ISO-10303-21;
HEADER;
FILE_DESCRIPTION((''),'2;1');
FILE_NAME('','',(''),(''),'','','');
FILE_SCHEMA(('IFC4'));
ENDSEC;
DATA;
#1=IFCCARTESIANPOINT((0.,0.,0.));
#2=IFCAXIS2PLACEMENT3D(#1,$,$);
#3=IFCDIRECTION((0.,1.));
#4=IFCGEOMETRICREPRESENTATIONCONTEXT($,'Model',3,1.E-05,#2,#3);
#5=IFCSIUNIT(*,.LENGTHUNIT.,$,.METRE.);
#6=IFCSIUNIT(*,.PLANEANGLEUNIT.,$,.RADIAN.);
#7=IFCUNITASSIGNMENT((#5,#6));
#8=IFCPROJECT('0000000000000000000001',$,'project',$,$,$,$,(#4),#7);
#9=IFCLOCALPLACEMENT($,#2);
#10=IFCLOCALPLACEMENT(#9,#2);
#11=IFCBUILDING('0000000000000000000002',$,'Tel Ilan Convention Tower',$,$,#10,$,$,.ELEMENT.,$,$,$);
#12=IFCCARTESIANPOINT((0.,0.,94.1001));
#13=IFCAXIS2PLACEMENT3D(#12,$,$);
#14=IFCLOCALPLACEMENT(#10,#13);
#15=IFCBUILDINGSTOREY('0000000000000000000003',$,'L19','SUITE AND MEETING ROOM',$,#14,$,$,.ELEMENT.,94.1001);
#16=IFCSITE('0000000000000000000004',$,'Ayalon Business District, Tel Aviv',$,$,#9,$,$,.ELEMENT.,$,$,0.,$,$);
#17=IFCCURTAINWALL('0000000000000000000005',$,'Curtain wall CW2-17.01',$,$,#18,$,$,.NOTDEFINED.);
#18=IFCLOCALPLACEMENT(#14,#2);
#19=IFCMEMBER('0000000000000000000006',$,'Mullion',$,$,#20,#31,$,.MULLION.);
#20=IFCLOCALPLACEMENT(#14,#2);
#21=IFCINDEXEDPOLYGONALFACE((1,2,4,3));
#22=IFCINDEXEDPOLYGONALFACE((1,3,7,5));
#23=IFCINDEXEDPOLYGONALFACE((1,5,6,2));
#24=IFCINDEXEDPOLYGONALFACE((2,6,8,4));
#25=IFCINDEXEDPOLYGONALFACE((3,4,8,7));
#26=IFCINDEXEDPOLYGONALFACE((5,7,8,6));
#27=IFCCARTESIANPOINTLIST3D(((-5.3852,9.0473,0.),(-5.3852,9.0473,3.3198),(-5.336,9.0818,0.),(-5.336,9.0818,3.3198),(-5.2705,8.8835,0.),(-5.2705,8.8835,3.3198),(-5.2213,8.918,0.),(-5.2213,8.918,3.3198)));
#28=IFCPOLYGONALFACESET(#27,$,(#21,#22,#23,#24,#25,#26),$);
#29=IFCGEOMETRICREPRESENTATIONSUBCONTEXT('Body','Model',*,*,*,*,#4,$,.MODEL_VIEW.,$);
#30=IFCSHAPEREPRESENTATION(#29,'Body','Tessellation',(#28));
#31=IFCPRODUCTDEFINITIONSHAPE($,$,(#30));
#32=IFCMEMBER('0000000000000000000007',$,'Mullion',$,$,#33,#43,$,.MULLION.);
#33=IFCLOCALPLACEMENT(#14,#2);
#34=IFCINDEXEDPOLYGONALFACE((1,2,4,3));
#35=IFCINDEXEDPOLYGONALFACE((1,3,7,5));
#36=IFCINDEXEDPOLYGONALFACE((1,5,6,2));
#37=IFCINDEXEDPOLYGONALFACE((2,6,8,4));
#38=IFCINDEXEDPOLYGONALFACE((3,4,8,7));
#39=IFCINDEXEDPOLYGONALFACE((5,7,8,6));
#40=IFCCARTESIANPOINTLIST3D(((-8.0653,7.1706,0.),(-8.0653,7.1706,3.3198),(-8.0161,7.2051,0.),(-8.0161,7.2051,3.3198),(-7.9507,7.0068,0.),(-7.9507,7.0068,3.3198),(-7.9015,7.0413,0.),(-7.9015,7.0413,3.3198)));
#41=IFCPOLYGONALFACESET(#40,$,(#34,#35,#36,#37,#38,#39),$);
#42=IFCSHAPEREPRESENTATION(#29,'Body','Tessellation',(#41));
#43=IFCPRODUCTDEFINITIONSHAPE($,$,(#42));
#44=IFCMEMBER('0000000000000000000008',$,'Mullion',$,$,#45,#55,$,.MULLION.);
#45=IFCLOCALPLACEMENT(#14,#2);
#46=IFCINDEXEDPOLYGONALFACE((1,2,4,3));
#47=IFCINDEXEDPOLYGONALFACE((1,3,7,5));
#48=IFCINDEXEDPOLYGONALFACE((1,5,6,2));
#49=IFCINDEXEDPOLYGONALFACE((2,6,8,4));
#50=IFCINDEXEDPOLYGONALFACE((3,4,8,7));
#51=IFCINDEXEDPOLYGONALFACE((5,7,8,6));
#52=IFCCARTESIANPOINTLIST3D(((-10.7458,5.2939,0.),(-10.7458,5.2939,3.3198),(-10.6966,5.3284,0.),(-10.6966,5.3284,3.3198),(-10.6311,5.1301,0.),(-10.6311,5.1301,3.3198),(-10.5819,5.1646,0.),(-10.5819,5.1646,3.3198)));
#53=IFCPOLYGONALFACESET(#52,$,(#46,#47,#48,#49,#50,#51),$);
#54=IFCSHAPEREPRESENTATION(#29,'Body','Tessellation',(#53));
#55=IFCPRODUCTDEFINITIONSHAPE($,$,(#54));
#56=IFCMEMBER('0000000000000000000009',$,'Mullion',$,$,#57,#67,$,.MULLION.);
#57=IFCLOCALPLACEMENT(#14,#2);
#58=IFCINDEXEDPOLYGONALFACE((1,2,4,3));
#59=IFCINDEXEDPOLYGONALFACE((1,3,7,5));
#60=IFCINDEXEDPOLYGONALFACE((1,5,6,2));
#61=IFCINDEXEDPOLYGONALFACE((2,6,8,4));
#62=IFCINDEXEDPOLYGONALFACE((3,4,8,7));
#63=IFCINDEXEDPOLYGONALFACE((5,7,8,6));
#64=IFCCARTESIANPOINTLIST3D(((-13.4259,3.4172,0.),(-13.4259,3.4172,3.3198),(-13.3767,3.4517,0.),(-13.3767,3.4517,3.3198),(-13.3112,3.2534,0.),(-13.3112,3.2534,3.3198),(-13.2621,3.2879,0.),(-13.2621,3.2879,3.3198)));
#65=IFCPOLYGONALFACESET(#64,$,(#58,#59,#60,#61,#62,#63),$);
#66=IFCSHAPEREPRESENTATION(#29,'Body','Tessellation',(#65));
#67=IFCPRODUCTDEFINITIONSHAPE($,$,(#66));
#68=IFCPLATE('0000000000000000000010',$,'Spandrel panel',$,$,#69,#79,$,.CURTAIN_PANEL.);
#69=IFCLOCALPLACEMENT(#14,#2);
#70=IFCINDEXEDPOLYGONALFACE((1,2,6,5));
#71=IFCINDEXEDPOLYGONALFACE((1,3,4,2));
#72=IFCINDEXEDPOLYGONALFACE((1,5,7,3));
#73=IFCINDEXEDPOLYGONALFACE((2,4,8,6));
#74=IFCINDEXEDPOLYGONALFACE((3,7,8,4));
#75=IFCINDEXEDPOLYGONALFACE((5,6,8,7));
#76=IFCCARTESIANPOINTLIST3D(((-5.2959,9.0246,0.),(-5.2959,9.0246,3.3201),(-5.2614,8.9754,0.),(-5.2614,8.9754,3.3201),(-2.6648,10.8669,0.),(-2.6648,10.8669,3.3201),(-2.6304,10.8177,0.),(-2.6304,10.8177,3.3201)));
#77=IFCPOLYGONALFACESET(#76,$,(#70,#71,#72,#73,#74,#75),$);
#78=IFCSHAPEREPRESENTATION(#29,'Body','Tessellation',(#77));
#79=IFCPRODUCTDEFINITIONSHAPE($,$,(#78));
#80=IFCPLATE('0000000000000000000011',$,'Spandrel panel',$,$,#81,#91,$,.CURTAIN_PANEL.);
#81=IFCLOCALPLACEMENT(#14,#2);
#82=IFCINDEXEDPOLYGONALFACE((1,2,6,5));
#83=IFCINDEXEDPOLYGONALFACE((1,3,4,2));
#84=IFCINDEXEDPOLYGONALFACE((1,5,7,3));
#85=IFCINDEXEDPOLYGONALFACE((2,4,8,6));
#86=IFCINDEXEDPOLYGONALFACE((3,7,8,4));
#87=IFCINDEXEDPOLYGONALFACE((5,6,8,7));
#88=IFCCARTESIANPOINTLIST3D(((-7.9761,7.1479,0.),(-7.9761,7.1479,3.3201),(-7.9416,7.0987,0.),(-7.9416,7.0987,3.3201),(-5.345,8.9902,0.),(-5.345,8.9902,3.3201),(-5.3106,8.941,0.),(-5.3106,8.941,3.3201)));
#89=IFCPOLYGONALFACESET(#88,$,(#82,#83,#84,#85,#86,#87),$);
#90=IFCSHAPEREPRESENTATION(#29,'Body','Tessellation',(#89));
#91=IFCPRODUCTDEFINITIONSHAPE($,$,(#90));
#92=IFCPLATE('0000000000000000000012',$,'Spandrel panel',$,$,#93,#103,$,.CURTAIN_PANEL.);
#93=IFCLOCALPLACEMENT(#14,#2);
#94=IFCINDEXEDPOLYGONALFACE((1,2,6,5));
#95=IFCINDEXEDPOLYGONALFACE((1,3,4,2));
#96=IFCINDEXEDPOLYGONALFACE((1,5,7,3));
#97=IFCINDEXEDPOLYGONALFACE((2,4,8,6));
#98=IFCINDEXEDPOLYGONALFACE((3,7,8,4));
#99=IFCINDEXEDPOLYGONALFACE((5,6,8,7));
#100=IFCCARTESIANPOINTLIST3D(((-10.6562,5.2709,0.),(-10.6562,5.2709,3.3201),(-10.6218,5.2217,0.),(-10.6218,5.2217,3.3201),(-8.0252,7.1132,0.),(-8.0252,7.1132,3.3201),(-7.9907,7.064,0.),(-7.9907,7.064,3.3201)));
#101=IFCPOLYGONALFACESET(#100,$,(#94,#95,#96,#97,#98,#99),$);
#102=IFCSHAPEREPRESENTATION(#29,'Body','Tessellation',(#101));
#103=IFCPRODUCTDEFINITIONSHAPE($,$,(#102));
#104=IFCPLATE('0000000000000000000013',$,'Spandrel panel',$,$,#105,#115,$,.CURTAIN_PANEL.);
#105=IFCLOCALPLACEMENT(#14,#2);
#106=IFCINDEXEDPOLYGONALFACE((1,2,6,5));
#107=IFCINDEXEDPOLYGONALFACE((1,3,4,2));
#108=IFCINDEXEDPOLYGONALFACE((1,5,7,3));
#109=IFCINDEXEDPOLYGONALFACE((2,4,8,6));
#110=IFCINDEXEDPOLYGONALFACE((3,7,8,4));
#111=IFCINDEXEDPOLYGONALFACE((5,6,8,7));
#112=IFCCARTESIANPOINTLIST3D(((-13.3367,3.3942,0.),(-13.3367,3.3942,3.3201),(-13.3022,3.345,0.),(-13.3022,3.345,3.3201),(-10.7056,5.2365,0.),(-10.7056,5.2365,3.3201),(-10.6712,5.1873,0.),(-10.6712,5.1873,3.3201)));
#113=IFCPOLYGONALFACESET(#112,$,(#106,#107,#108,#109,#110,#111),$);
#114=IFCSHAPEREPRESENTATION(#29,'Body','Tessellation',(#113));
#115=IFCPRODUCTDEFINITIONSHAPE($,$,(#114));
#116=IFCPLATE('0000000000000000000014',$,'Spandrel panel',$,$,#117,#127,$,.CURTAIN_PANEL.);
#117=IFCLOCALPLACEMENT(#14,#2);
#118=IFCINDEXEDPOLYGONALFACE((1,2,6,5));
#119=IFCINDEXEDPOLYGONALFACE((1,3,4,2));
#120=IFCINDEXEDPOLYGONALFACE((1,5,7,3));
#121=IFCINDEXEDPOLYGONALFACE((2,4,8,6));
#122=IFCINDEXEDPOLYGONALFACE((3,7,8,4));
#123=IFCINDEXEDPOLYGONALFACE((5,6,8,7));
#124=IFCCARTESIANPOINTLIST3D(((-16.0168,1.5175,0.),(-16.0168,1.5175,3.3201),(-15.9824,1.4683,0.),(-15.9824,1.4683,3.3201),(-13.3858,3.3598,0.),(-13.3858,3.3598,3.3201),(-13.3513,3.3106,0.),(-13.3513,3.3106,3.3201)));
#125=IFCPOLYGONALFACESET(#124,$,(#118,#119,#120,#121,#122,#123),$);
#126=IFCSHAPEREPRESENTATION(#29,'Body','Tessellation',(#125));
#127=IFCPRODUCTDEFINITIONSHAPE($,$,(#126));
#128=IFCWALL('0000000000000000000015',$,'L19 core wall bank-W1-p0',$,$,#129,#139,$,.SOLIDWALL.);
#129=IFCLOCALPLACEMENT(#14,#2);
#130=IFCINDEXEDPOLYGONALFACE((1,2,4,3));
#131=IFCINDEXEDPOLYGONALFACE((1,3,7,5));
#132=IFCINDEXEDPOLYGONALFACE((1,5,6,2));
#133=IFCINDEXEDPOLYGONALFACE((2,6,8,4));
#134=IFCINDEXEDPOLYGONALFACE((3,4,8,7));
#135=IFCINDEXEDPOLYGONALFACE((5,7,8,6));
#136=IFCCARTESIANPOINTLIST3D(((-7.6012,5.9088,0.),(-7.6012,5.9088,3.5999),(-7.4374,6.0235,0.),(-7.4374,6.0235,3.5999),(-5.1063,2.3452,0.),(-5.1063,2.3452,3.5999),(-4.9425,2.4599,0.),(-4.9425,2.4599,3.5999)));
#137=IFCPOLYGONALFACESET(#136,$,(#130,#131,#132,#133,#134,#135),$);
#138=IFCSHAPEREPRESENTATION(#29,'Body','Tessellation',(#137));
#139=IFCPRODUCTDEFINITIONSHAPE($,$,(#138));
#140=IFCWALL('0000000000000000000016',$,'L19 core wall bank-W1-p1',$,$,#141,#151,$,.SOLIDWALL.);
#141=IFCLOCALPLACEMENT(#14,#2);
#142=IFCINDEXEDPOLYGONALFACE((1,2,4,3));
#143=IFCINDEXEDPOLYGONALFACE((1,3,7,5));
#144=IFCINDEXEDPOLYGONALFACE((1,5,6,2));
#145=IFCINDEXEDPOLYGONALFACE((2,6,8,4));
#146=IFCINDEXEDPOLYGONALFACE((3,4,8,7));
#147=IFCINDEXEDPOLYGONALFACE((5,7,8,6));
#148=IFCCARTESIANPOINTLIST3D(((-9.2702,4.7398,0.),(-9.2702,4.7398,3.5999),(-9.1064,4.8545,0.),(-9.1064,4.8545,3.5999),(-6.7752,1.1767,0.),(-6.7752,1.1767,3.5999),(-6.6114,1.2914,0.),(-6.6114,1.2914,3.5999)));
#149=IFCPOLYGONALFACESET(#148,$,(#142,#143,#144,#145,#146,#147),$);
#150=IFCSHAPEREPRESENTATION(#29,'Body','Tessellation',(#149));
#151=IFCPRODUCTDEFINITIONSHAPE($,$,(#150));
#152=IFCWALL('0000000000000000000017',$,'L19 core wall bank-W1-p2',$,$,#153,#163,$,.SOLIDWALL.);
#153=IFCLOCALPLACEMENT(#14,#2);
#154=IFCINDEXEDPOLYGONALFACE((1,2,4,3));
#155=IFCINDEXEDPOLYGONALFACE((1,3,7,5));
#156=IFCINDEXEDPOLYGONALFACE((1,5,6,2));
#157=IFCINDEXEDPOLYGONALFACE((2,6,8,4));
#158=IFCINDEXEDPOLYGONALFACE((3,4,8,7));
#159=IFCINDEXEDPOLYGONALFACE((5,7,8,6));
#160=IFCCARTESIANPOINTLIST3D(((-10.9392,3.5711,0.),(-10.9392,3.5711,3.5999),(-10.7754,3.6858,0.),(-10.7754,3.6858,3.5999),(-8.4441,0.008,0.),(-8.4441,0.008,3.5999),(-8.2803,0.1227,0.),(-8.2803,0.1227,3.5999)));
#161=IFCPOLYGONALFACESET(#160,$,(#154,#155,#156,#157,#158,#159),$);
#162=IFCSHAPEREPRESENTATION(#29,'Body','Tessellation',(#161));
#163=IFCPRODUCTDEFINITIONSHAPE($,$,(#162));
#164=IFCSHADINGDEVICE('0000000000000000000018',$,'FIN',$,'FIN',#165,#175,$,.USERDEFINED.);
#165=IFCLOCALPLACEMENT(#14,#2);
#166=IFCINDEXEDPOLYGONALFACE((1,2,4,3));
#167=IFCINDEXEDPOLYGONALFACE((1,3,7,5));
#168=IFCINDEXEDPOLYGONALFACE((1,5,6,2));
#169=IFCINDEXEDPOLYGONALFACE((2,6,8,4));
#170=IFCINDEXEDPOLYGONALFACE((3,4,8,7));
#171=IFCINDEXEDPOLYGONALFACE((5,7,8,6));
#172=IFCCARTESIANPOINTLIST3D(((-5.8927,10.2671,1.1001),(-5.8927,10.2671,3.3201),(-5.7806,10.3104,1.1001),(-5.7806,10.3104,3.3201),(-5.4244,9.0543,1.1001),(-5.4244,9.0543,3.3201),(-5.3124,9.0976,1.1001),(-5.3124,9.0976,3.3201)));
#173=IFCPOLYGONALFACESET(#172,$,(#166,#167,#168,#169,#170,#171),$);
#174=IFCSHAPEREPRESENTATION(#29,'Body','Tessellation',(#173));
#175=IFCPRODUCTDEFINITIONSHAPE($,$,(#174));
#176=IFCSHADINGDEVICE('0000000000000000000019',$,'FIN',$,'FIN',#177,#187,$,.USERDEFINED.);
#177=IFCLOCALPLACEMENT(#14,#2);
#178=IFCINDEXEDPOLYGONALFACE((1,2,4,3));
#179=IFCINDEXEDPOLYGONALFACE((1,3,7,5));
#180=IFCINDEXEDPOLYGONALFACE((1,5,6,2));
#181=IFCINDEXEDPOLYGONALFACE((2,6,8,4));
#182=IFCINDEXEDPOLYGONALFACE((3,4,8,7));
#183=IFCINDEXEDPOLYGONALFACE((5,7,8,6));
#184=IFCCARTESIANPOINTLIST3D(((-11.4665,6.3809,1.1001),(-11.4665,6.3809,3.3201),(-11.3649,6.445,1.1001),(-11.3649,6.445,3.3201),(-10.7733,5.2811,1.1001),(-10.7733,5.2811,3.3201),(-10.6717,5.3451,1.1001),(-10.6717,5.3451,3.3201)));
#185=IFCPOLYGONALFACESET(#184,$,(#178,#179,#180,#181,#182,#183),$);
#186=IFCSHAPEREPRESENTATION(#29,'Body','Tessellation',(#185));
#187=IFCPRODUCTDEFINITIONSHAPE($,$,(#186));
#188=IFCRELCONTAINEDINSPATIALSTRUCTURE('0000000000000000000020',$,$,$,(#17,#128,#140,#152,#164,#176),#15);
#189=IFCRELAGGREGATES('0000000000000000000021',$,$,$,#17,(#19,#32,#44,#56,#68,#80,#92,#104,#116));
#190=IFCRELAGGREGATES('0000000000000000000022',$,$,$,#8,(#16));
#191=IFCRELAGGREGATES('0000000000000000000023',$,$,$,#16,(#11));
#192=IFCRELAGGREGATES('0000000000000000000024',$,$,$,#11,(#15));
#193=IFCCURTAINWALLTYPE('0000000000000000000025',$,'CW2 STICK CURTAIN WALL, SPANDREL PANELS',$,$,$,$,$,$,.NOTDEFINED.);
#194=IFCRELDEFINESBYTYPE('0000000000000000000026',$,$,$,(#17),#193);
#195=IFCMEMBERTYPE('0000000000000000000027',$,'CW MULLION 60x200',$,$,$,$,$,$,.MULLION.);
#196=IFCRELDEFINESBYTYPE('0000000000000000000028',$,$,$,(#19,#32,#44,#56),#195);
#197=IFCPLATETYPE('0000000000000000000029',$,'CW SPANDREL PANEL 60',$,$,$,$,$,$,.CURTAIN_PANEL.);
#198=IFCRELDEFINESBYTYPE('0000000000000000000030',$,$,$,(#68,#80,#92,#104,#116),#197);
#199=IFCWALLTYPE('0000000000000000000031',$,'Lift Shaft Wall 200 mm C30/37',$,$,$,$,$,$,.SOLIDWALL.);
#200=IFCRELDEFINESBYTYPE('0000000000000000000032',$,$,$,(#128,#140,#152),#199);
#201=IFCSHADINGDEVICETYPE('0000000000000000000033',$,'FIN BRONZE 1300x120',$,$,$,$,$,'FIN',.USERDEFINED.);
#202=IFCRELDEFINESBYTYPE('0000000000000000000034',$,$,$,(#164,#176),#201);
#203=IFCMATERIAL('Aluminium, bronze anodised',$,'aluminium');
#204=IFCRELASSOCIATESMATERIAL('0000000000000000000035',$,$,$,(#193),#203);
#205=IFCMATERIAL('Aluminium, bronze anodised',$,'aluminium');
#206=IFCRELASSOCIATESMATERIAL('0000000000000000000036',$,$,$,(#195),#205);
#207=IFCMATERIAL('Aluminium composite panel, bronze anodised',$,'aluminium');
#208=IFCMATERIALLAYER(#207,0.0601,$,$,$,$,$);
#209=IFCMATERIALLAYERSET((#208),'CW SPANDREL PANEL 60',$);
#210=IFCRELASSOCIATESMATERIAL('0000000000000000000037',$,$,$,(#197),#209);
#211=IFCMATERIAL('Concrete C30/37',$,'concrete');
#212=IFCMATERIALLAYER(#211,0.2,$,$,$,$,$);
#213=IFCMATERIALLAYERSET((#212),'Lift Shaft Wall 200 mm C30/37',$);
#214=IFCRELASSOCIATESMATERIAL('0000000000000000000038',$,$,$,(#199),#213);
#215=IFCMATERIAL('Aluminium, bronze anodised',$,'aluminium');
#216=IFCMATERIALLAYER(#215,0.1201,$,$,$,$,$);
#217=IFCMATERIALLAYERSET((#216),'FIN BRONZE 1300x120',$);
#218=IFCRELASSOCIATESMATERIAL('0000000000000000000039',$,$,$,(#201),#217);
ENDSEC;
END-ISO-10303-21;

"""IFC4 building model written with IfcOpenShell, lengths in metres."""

from ifc_helpers import new_model, si_unit, direction, frame, frame_2d, origin, origin_2d, place, context, subcontext, project, spatial, rectangle, extrude, material, layer, layer_set, material_profile, profile_set, type_object, element, aggregate, save


model = new_model("IFC4")

# Units and contexts
model_context = context("Model", 3, precision=1e-05, world=origin(), true_north=direction((0.0, 1.0)))
body_context = subcontext(model_context, "Body", "Model", "MODEL_VIEW")
ifc_project = project(units=[si_unit("LENGTHUNIT", "METRE"), si_unit("PLANEANGLEUNIT", "RADIAN")], contexts=[model_context])

# Site, building, storey
site_placement = place(None, origin())
site = spatial("IfcSite", under=ifc_project, at=site_placement, Name="Ayalon Business District, Tel Aviv", CompositionType="ELEMENT", RefElevation=0.0)
building_placement = place(site_placement, origin())
building = spatial("IfcBuilding", under=site, at=building_placement, Name="Tel Ilan Convention Tower", CompositionType="ELEMENT")
storey_placement = place(building_placement, frame((0.0, 0.0, 94.1001)))
storey = spatial("IfcBuildingStorey", under=building, at=storey_placement, Name="L19", Description="SUITE AND MEETING ROOM", CompositionType="ELEMENT", Elevation=94.1001)

# Curtain wall, members, plates
ifc_material_1 = material(Name="Aluminium, bronze anodised", Category="aluminium")
curtain_wall_type = type_object("IfcCurtainWallType", Name="CW2 STICK CURTAIN WALL, SPANDREL PANELS", PredefinedType="NOTDEFINED", material=ifc_material_1)
curtain_wall_placement = place(storey_placement, origin())
curtain_wall = element("IfcCurtainWall", 1, at=curtain_wall_placement, inside=storey, type_object=curtain_wall_type, Name="Curtain wall CW2-17.01", PredefinedType="NOTDEFINED")
ifc_material_2 = material(Name="Aluminium, bronze anodised", Category="aluminium")
ifc_material_profile = material_profile(ifc_material_2, rectangle(XDim=0.0601, YDim=0.2, at=origin_2d()), Name="CW MULLION 60x200")
ifc_profile_set = profile_set([ifc_material_profile], Name="Aluminium, bronze anodised")
member_type = type_object("IfcMemberType", Name="CW MULLION 60x200", PredefinedType="MULLION", material=ifc_profile_set)
member_1_placement = place(storey_placement, frame((-5.3032, 8.9827, 0.0), z_axis=(0.0, 0.0, 1.0), x_axis=(-0.819152, -0.573576, 0.0)))
member_1 = element("IfcMember", 2, at=member_1_placement, type_object=member_type, Name="Mullion", PredefinedType="MULLION", context=body_context, shape_type="SweptSolid", body=[
    extrude(rectangle(XDim=0.0601, YDim=0.2, at=origin_2d()), origin(), (0.0, 0.0, 1.0), 3.3198),
])
member_2_placement = place(storey_placement, frame((-7.9834, 7.106, 0.0), z_axis=(0.0, 0.0, 1.0), x_axis=(-0.819152, -0.573576, 0.0)))
member_2 = element("IfcMember", 3, at=member_2_placement, type_object=member_type, Name="Mullion", PredefinedType="MULLION", context=body_context, shape_type="SweptSolid", body=[
    extrude(rectangle(XDim=0.0601, YDim=0.2, at=origin_2d()), origin(), (0.0, 0.0, 1.0), 3.3198),
])
member_3_placement = place(storey_placement, frame((-10.6638, 5.2292, 0.0), z_axis=(0.0, 0.0, 1.0), x_axis=(-0.819152, -0.573576, 0.0)))
member_3 = element("IfcMember", 4, at=member_3_placement, type_object=member_type, Name="Mullion", PredefinedType="MULLION", context=body_context, shape_type="SweptSolid", body=[
    extrude(rectangle(XDim=0.0601, YDim=0.2, at=origin_2d()), origin(), (0.0, 0.0, 1.0), 3.3198),
])
member_4_placement = place(storey_placement, frame((-13.344, 3.3525, 0.0), z_axis=(0.0, 0.0, 1.0), x_axis=(-0.819152, -0.573576, 0.0)))
member_4 = element("IfcMember", 5, at=member_4_placement, type_object=member_type, Name="Mullion", PredefinedType="MULLION", context=body_context, shape_type="SweptSolid", body=[
    extrude(rectangle(XDim=0.0601, YDim=0.2, at=origin_2d()), origin(), (0.0, 0.0, 1.0), 3.3198),
])
ifc_material_3 = material(Name="Aluminium composite panel, bronze anodised", Category="aluminium")
ifc_layer_1 = layer(ifc_material_3, 0.0601)
ifc_layer_set_1 = layer_set([ifc_layer_1], Name="CW SPANDREL PANEL 60")
plate_type = type_object("IfcPlateType", Name="CW SPANDREL PANEL 60", PredefinedType="CURTAIN_PANEL", material=ifc_layer_set_1)
plate_1_placement = place(storey_placement, frame((-3.9631, 9.9211, 0.0), z_axis=(0.0, 0.0, 1.0), x_axis=(-0.819152, -0.573576, 0.0)))
plate_1 = element("IfcPlate", 6, at=plate_1_placement, type_object=plate_type, Name="Spandrel panel", PredefinedType="CURTAIN_PANEL", context=body_context, shape_type="SweptSolid", body=[
    extrude(rectangle(XDim=3.2119, YDim=0.0601, at=origin_2d()), origin(), (0.0, 0.0, 1.0), 3.3201),
])
plate_2_placement = place(storey_placement, frame((-6.6433, 8.0444, 0.0), z_axis=(0.0, 0.0, 1.0), x_axis=(-0.819152, -0.573576, 0.0)))
plate_2 = element("IfcPlate", 7, at=plate_2_placement, type_object=plate_type, Name="Spandrel panel", PredefinedType="CURTAIN_PANEL", context=body_context, shape_type="SweptSolid", body=[
    extrude(rectangle(XDim=3.2119, YDim=0.0601, at=origin_2d()), origin(), (0.0, 0.0, 1.0), 3.3201),
])
plate_3_placement = place(storey_placement, frame((-9.3235, 6.1675, 0.0), z_axis=(0.0, 0.0, 1.0), x_axis=(-0.819152, -0.573576, 0.0)))
plate_3 = element("IfcPlate", 8, at=plate_3_placement, type_object=plate_type, Name="Spandrel panel", PredefinedType="CURTAIN_PANEL", context=body_context, shape_type="SweptSolid", body=[
    extrude(rectangle(XDim=3.2119, YDim=0.0601, at=origin_2d()), origin(), (0.0, 0.0, 1.0), 3.3201),
])
plate_4_placement = place(storey_placement, frame((-12.0039, 4.2908, 0.0), z_axis=(0.0, 0.0, 1.0), x_axis=(-0.819152, -0.573576, 0.0)))
plate_4 = element("IfcPlate", 9, at=plate_4_placement, type_object=plate_type, Name="Spandrel panel", PredefinedType="CURTAIN_PANEL", context=body_context, shape_type="SweptSolid", body=[
    extrude(rectangle(XDim=3.2119, YDim=0.0601, at=origin_2d()), origin(), (0.0, 0.0, 1.0), 3.3201),
])
plate_5_placement = place(storey_placement, frame((-14.6841, 2.4141, 0.0), z_axis=(0.0, 0.0, 1.0), x_axis=(-0.819152, -0.573576, 0.0)))
plate_5 = element("IfcPlate", 10, at=plate_5_placement, type_object=plate_type, Name="Spandrel panel", PredefinedType="CURTAIN_PANEL", context=body_context, shape_type="SweptSolid", body=[
    extrude(rectangle(XDim=3.2119, YDim=0.0601, at=origin_2d()), origin(), (0.0, 0.0, 1.0), 3.3201),
])
aggregate(curtain_wall, [member_1, member_2, member_3, member_4, plate_1, plate_2, plate_3, plate_4, plate_5])

# Walls
ifc_material_4 = material(Name="Concrete C30/37", Category="concrete")
ifc_layer_2 = layer(ifc_material_4, 0.2)
ifc_layer_set_2 = layer_set([ifc_layer_2], Name="Lift Shaft Wall 200 mm C30/37")
wall_type = type_object("IfcWallType", Name="Lift Shaft Wall 200 mm C30/37", PredefinedType="SOLIDWALL", material=ifc_layer_set_2)
wall_placement = place(storey_placement, frame((-5.0244, 2.4026, 0.0), z_axis=(0.0, 0.0, 1.0), x_axis=(-0.57353, 0.819184, 0.0)))
element("IfcWall", 11, at=wall_placement, inside=storey, type_object=wall_type, Name="L19 core wall bank-W1-p0", PredefinedType="SOLIDWALL", context=body_context, shape_type="SweptSolid", body=[
    extrude(rectangle(XDim=4.3501, YDim=0.2, at=frame_2d((2.175, 0.0))), origin(), (0.0, 0.0, 1.0), 3.5999),
])
for number, where, z_axis, x_axis, name in (
    (12, (-6.6934, 1.2341, 0.0), (0.0, 0.0, 1.0), (-0.573594, 0.81914, 0.0), "L19 core wall bank-W1-p1"),
    (13, (-8.3623, 0.0654, 0.0), (0.0, 0.0, 1.0), (-0.573594, 0.81914, 0.0), "L19 core wall bank-W1-p2"),
):
    element("IfcWall", number, at=place(storey_placement, frame(where, z_axis=z_axis, x_axis=x_axis)), inside=storey, type_object=wall_type, Name=name, PredefinedType="SOLIDWALL", context=body_context, shape_type="SweptSolid", body=[
        extrude(rectangle(XDim=4.3499, YDim=0.2, at=frame_2d((2.1748, 0.0))), origin(), (0.0, 0.0, 1.0), 3.5999),
    ])

# Shading devices
ifc_material_5 = material(Name="Aluminium, bronze anodised", Category="aluminium")
ifc_layer_3 = layer(ifc_material_5, 0.1201)
ifc_layer_set_3 = layer_set([ifc_layer_3], Name="FIN BRONZE 1300x120")
shading_device_type = type_object("IfcShadingDeviceType", Name="FIN BRONZE 1300x120", ElementType="FIN", PredefinedType="USERDEFINED", material=ifc_layer_set_3)
for number, where, z_axis, x_axis, name in (
    (14, (-5.6025, 9.6824, 1.1001), (0.0, 0.0, 1.0), (-0.360178, 0.932884, 0.0), "FIN"),
    (15, (-11.0691, 5.863, 1.1001), (0.0, 0.0, 1.0), (-0.533204, 0.845986, 0.0), "FIN"),
):
    element("IfcShadingDevice", number, at=place(storey_placement, frame(where, z_axis=z_axis, x_axis=x_axis)), inside=storey, type_object=shading_device_type, Name=name, ObjectType="FIN", PredefinedType="USERDEFINED", context=body_context, shape_type="SweptSolid", body=[
        extrude(rectangle(XDim=1.3, YDim=0.1201, at=origin_2d()), origin(), (0.0, 0.0, 1.0), 2.22),
    ])

save(model, "model.ifc")
